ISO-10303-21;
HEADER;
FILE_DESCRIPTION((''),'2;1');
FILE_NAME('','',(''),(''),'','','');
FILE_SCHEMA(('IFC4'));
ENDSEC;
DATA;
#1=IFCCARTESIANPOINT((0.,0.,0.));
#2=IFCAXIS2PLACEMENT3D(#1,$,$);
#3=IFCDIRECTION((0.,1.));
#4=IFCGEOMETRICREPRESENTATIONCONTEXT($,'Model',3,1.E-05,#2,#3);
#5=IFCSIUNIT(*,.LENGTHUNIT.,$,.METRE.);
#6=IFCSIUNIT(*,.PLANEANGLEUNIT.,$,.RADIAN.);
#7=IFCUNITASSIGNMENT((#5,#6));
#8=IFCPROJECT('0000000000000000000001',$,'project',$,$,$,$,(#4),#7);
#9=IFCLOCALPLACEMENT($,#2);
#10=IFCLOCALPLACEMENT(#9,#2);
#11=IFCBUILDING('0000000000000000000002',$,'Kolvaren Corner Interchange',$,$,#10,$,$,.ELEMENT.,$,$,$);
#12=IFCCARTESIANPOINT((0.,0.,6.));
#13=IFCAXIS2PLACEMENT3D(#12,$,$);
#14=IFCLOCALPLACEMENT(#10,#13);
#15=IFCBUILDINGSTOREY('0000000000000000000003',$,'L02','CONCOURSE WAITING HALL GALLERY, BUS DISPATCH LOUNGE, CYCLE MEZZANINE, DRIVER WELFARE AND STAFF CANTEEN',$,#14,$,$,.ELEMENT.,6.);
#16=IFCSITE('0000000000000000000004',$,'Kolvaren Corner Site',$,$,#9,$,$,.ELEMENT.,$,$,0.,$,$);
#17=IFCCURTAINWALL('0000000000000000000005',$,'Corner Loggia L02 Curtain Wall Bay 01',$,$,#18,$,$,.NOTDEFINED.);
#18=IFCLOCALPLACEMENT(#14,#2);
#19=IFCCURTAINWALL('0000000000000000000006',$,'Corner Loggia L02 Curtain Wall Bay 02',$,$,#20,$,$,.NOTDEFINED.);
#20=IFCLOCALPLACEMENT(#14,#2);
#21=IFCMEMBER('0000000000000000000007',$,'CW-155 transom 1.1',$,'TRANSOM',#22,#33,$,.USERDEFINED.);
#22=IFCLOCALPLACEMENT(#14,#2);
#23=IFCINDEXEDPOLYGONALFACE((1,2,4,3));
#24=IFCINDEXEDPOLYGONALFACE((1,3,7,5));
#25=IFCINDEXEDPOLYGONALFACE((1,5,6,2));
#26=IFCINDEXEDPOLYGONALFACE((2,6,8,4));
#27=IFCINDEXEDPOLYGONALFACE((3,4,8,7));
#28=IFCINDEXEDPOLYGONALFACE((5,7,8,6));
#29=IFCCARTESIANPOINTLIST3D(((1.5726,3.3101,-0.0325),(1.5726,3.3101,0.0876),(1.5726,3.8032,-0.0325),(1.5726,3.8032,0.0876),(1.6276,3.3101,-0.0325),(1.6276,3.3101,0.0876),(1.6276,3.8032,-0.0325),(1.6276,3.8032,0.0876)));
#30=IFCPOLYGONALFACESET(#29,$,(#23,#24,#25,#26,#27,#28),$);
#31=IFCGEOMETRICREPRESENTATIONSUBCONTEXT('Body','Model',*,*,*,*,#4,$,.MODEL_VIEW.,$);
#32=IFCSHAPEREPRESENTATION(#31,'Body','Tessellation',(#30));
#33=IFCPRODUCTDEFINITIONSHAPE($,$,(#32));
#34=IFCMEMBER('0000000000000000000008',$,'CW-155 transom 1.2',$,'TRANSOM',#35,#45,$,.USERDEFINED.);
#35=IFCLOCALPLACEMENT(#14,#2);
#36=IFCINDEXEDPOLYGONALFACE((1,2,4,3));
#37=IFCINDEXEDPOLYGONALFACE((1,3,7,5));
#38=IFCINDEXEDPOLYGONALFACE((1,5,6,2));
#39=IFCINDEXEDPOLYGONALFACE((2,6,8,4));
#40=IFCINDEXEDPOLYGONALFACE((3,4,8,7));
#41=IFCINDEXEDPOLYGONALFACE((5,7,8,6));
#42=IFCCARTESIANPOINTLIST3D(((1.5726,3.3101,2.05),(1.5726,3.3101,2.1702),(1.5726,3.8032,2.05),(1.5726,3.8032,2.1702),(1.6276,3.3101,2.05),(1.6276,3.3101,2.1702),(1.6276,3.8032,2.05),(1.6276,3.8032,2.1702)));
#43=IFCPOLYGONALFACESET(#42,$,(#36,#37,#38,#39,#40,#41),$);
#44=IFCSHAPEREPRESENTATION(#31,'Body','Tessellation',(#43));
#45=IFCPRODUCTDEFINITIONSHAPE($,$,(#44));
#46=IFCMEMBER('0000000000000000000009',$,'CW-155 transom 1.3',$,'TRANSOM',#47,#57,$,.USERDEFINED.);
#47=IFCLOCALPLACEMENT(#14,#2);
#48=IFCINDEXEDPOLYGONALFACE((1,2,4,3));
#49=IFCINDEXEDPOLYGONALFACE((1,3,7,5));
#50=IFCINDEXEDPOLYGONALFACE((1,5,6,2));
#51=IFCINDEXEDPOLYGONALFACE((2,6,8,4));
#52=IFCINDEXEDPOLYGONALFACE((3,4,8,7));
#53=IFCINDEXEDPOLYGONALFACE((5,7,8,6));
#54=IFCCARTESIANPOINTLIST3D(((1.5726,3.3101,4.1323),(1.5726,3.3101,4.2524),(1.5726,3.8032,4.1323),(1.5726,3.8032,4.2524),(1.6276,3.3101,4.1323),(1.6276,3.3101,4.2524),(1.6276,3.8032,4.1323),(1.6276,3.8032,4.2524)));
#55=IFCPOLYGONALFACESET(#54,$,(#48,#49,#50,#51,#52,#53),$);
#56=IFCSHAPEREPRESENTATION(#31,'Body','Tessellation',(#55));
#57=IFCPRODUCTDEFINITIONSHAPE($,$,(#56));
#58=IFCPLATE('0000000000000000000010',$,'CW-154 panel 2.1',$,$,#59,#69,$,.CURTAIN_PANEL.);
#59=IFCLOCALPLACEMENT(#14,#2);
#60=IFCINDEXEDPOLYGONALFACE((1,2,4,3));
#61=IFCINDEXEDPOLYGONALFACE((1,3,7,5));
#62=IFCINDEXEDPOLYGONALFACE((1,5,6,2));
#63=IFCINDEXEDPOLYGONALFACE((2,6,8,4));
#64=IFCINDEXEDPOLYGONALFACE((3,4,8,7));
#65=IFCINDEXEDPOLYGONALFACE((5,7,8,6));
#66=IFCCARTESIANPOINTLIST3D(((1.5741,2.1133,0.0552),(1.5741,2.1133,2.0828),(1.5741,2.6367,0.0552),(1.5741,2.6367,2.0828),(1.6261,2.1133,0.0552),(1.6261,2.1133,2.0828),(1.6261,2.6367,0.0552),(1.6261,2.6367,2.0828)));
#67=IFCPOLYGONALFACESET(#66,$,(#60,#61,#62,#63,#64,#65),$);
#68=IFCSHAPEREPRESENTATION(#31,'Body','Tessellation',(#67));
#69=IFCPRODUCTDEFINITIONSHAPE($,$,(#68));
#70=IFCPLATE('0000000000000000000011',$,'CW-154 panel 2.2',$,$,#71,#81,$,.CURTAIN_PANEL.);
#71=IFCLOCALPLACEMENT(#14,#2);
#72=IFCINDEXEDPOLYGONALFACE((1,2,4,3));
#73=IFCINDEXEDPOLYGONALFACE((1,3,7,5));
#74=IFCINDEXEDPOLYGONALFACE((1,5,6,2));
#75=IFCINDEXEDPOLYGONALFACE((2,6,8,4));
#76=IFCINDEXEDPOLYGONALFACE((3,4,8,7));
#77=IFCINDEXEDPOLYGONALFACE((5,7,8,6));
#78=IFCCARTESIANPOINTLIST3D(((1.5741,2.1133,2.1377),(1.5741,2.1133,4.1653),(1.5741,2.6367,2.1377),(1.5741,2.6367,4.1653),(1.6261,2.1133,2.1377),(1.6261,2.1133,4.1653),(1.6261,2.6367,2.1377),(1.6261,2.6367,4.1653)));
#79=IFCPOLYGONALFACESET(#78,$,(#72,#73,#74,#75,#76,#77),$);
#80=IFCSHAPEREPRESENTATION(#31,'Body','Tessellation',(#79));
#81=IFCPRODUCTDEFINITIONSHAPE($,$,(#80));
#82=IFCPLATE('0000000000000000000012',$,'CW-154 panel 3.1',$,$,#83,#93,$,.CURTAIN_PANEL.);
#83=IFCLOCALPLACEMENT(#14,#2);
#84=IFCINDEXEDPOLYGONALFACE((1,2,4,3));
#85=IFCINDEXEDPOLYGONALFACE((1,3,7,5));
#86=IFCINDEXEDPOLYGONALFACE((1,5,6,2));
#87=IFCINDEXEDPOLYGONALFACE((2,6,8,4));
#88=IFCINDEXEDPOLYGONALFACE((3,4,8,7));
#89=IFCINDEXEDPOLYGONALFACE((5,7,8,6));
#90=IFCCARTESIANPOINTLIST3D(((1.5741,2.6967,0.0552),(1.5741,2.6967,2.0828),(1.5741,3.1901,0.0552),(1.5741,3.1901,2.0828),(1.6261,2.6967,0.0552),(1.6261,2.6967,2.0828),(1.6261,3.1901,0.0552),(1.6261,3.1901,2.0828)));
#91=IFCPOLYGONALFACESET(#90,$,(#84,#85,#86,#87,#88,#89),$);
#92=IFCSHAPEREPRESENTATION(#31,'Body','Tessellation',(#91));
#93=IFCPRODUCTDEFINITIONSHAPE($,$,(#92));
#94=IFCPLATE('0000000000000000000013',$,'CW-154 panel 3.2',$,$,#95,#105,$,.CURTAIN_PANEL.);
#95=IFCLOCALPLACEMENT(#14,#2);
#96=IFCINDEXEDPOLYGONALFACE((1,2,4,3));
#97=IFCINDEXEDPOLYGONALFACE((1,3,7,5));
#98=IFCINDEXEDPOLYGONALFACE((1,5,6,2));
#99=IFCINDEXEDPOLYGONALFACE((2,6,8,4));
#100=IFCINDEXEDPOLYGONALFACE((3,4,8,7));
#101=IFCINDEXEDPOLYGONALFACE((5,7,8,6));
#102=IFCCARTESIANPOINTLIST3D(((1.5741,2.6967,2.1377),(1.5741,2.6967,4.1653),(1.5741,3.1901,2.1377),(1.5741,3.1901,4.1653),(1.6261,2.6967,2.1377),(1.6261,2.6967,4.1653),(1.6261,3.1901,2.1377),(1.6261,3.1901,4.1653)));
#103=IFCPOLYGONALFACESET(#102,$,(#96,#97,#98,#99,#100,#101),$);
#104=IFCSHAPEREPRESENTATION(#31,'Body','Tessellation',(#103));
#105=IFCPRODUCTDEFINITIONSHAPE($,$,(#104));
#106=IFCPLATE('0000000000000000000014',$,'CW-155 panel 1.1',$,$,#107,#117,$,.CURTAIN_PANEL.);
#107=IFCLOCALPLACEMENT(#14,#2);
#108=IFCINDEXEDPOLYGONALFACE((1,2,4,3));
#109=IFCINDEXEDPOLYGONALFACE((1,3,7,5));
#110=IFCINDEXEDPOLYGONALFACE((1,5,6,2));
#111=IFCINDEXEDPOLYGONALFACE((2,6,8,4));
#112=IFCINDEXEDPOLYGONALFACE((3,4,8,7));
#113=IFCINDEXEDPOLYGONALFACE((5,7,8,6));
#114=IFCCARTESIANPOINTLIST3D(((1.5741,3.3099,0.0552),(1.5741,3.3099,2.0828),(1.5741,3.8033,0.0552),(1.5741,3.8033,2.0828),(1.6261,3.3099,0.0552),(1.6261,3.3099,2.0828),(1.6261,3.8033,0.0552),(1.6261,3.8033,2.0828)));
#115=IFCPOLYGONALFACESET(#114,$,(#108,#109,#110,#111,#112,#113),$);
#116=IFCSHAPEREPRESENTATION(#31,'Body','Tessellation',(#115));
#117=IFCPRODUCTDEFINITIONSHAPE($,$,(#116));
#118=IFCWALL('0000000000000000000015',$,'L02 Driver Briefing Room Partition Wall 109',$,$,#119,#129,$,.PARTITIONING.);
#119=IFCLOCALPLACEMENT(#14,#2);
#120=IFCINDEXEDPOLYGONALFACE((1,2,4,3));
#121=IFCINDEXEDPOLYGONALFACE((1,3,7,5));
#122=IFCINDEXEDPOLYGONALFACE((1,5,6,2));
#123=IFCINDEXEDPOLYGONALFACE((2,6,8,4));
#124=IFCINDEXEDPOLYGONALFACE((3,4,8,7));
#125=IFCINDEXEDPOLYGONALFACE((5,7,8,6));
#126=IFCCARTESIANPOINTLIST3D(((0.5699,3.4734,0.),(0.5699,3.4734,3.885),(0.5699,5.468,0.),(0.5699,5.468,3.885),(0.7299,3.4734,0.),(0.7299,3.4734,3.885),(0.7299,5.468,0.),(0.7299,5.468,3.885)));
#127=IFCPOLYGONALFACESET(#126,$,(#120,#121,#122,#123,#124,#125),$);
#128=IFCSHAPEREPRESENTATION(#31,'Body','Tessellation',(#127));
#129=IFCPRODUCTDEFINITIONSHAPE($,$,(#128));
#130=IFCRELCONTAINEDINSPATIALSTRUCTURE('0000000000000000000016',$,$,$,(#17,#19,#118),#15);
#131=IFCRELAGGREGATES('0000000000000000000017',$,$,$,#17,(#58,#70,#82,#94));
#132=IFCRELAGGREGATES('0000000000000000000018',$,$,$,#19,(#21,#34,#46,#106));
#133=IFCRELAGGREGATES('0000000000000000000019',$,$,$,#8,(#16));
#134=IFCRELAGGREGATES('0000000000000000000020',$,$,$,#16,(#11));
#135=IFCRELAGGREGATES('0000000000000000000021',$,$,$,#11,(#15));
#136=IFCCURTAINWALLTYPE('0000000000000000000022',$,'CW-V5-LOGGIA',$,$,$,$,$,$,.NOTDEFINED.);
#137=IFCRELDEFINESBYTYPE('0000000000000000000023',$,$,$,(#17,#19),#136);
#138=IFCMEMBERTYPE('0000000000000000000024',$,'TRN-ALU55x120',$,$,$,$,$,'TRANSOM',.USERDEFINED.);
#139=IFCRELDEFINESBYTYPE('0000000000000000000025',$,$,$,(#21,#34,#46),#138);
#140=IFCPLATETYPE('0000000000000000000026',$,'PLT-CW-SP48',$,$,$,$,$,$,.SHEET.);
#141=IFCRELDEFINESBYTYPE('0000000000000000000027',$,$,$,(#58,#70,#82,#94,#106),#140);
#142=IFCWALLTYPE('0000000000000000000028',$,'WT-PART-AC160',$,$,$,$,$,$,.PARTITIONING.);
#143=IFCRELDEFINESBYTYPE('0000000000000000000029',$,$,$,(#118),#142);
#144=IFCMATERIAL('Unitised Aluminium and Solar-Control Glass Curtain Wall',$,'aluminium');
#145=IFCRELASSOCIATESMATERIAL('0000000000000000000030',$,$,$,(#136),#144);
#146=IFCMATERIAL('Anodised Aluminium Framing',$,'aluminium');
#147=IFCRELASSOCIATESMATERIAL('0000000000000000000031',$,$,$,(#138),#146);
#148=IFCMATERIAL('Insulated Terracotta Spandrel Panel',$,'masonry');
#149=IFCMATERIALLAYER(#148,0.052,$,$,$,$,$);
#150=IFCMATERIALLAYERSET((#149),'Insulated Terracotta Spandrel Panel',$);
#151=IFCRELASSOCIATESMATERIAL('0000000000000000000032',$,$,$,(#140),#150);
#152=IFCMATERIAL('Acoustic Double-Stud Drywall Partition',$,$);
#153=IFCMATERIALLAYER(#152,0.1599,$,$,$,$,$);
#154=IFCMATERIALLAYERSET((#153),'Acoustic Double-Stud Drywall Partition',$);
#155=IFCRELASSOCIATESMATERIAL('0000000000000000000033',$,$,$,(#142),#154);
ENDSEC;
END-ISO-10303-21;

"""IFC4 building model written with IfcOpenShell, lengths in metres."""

from ifc_helpers import new_model, si_unit, direction, frame, frame_2d, origin, origin_2d, place, context, subcontext, project, spatial, rectangle, extrude, material, layer, layer_set, material_profile, profile_set, type_object, element, aggregate, save


model = new_model("IFC4")

# Units and contexts
model_context = context("Model", 3, precision=1e-05, world=origin(), true_north=direction((0.0, 1.0)))
body_context = subcontext(model_context, "Body", "Model", "MODEL_VIEW")
ifc_project = project(units=[si_unit("LENGTHUNIT", "METRE"), si_unit("PLANEANGLEUNIT", "RADIAN")], contexts=[model_context])

# Site, building, storey
site_placement = place(None, origin())
site = spatial("IfcSite", under=ifc_project, at=site_placement, Name="Kolvaren Corner Site", CompositionType="ELEMENT", RefElevation=0.0)
building_placement = place(site_placement, origin())
building = spatial("IfcBuilding", under=site, at=building_placement, Name="Kolvaren Corner Interchange", CompositionType="ELEMENT")
storey_placement = place(building_placement, frame((0.0, 0.0, 6.0)))
storey = spatial("IfcBuildingStorey", under=building, at=storey_placement, Name="L02", Description="CONCOURSE WAITING HALL GALLERY, BUS DISPATCH LOUNGE, CYCLE MEZZANINE, DRIVER WELFARE AND STAFF CANTEEN", CompositionType="ELEMENT", Elevation=6.0)

# Curtain wall
ifc_material_1 = material(Name="Unitised Aluminium and Solar-Control Glass Curtain Wall", Category="aluminium")
curtain_wall_type = type_object("IfcCurtainWallType", Name="CW-V5-LOGGIA", PredefinedType="NOTDEFINED", material=ifc_material_1)
curtain_wall_1_placement = place(storey_placement, origin())
curtain_wall_1 = element("IfcCurtainWall", 1, at=curtain_wall_1_placement, inside=storey, type_object=curtain_wall_type, Name="Corner Loggia L02 Curtain Wall Bay 01", PredefinedType="NOTDEFINED")

# Curtain wall
curtain_wall_2_placement = place(storey_placement, origin())
curtain_wall_2 = element("IfcCurtainWall", 2, at=curtain_wall_2_placement, inside=storey, type_object=curtain_wall_type, Name="Corner Loggia L02 Curtain Wall Bay 02", PredefinedType="NOTDEFINED")

# Members
ifc_material_2 = material(Name="Anodised Aluminium Framing", Category="aluminium")
ifc_material_profile_1 = material_profile(ifc_material_2, rectangle(XDim=0.0549, YDim=0.1201, at=origin_2d()), Name="ALU 55x120")
ifc_profile_set_1 = profile_set([ifc_material_profile_1], Name="Anodised Aluminium Framing")
member_type_1 = type_object("IfcMemberType", Name="TRN-ALU55x120", ElementType="TRANSOM", PredefinedType="USERDEFINED", material=ifc_profile_set_1)
member_1_placement = place(storey_placement, frame((1.6001, 3.3101, 0.0276), z_axis=(0.0, 1.0, 0.0), x_axis=(-1.0, 0.0, 0.0)))
member_1 = element("IfcMember", 3, at=member_1_placement, type_object=member_type_1, Name="CW-155 transom 1.1", ObjectType="TRANSOM", PredefinedType="USERDEFINED", context=body_context, shape_type="SweptSolid", body=[
    extrude(rectangle(XDim=0.0549, YDim=0.1201, at=origin_2d()), origin(), (0.0, 0.0, 1.0), 0.4932),
])
member_2_placement = place(storey_placement, frame((1.6001, 3.3101, 2.1101), z_axis=(0.0, 1.0, 0.0), x_axis=(-1.0, 0.0, 0.0)))
member_2 = element("IfcMember", 4, at=member_2_placement, type_object=member_type_1, Name="CW-155 transom 1.2", ObjectType="TRANSOM", PredefinedType="USERDEFINED", context=body_context, shape_type="SweptSolid", body=[
    extrude(rectangle(XDim=0.0549, YDim=0.1201, at=origin_2d()), origin(), (0.0, 0.0, 1.0), 0.4932),
])
member_3_placement = place(storey_placement, frame((1.6001, 3.3101, 4.1924), z_axis=(0.0, 1.0, 0.0), x_axis=(-1.0, 0.0, 0.0)))
member_3 = element("IfcMember", 5, at=member_3_placement, type_object=member_type_1, Name="CW-155 transom 1.3", ObjectType="TRANSOM", PredefinedType="USERDEFINED", context=body_context, shape_type="SweptSolid", body=[
    extrude(rectangle(XDim=0.0549, YDim=0.1201, at=origin_2d()), origin(), (0.0, 0.0, 1.0), 0.4932),
])

# Plates
ifc_material_3 = material(Name="Insulated Terracotta Spandrel Panel", Category="masonry")
ifc_layer_1 = layer(ifc_material_3, 0.052)
ifc_layer_set_1 = layer_set([ifc_layer_1], Name="Insulated Terracotta Spandrel Panel")
plate_type = type_object("IfcPlateType", Name="PLT-CW-SP48", PredefinedType="SHEET", material=ifc_layer_set_1)
plate_1_placement = place(storey_placement, frame((1.6001, 2.375, 0.0552), z_axis=(0.0, 0.0, 1.0), x_axis=(0.0, 1.0, 0.0)))
plate_1 = element("IfcPlate", 6, at=plate_1_placement, type_object=plate_type, Name="CW-154 panel 2.1", PredefinedType="CURTAIN_PANEL", context=body_context, shape_type="SweptSolid", body=[
    extrude(rectangle(XDim=0.5234, YDim=0.052, at=origin_2d()), origin(), (0.0, 0.0, 1.0), 2.0276),
])
plate_2_placement = place(storey_placement, frame((1.6001, 2.375, 2.1377), z_axis=(0.0, 0.0, 1.0), x_axis=(0.0, 1.0, 0.0)))
plate_2 = element("IfcPlate", 7, at=plate_2_placement, type_object=plate_type, Name="CW-154 panel 2.2", PredefinedType="CURTAIN_PANEL", context=body_context, shape_type="SweptSolid", body=[
    extrude(rectangle(XDim=0.5234, YDim=0.052, at=origin_2d()), origin(), (0.0, 0.0, 1.0), 2.0276),
])
plate_3_placement = place(storey_placement, frame((1.6001, 2.9434, 0.0552), z_axis=(0.0, 0.0, 1.0), x_axis=(0.0, 1.0, 0.0)))
plate_3 = element("IfcPlate", 8, at=plate_3_placement, type_object=plate_type, Name="CW-154 panel 3.1", PredefinedType="CURTAIN_PANEL", context=body_context, shape_type="SweptSolid", body=[
    extrude(rectangle(XDim=0.4934, YDim=0.052, at=origin_2d()), origin(), (0.0, 0.0, 1.0), 2.0276),
])
plate_4_placement = place(storey_placement, frame((1.6001, 2.9434, 2.1377), z_axis=(0.0, 0.0, 1.0), x_axis=(0.0, 1.0, 0.0)))
plate_4 = element("IfcPlate", 9, at=plate_4_placement, type_object=plate_type, Name="CW-154 panel 3.2", PredefinedType="CURTAIN_PANEL", context=body_context, shape_type="SweptSolid", body=[
    extrude(rectangle(XDim=0.4934, YDim=0.052, at=origin_2d()), origin(), (0.0, 0.0, 1.0), 2.0276),
])
aggregate(curtain_wall_1, [plate_1, plate_2, plate_3, plate_4])
plate_5_placement = place(storey_placement, frame((1.6001, 3.5566, 0.0552), z_axis=(0.0, 0.0, 1.0), x_axis=(0.0, 1.0, 0.0)))
plate_5 = element("IfcPlate", 10, at=plate_5_placement, type_object=plate_type, Name="CW-155 panel 1.1", PredefinedType="CURTAIN_PANEL", context=body_context, shape_type="SweptSolid", body=[
    extrude(rectangle(XDim=0.4934, YDim=0.052, at=origin_2d()), origin(), (0.0, 0.0, 1.0), 2.0276),
])
aggregate(curtain_wall_2, [member_1, member_2, member_3, plate_5])

# Wall
ifc_material_4 = material(Name="Acoustic Double-Stud Drywall Partition")
ifc_layer_2 = layer(ifc_material_4, 0.1599)
ifc_layer_set_2 = layer_set([ifc_layer_2], Name="Acoustic Double-Stud Drywall Partition")
wall_type = type_object("IfcWallType", Name="WT-PART-AC160", PredefinedType="PARTITIONING", material=ifc_layer_set_2)
wall_placement = place(storey_placement, frame((0.6499, 5.468, 0.0), z_axis=(0.0, 0.0, 1.0), x_axis=(0.0, -1.0, 0.0)))
element("IfcWall", 11, at=wall_placement, inside=storey, type_object=wall_type, Name="L02 Driver Briefing Room Partition Wall 109", PredefinedType="PARTITIONING", context=body_context, shape_type="SweptSolid", body=[
    extrude(rectangle(XDim=1.9946, YDim=0.1599, at=frame_2d((0.9973, 0.0))), origin(), (0.0, 0.0, 1.0), 3.885),
])

save(model, "model.ifc")
